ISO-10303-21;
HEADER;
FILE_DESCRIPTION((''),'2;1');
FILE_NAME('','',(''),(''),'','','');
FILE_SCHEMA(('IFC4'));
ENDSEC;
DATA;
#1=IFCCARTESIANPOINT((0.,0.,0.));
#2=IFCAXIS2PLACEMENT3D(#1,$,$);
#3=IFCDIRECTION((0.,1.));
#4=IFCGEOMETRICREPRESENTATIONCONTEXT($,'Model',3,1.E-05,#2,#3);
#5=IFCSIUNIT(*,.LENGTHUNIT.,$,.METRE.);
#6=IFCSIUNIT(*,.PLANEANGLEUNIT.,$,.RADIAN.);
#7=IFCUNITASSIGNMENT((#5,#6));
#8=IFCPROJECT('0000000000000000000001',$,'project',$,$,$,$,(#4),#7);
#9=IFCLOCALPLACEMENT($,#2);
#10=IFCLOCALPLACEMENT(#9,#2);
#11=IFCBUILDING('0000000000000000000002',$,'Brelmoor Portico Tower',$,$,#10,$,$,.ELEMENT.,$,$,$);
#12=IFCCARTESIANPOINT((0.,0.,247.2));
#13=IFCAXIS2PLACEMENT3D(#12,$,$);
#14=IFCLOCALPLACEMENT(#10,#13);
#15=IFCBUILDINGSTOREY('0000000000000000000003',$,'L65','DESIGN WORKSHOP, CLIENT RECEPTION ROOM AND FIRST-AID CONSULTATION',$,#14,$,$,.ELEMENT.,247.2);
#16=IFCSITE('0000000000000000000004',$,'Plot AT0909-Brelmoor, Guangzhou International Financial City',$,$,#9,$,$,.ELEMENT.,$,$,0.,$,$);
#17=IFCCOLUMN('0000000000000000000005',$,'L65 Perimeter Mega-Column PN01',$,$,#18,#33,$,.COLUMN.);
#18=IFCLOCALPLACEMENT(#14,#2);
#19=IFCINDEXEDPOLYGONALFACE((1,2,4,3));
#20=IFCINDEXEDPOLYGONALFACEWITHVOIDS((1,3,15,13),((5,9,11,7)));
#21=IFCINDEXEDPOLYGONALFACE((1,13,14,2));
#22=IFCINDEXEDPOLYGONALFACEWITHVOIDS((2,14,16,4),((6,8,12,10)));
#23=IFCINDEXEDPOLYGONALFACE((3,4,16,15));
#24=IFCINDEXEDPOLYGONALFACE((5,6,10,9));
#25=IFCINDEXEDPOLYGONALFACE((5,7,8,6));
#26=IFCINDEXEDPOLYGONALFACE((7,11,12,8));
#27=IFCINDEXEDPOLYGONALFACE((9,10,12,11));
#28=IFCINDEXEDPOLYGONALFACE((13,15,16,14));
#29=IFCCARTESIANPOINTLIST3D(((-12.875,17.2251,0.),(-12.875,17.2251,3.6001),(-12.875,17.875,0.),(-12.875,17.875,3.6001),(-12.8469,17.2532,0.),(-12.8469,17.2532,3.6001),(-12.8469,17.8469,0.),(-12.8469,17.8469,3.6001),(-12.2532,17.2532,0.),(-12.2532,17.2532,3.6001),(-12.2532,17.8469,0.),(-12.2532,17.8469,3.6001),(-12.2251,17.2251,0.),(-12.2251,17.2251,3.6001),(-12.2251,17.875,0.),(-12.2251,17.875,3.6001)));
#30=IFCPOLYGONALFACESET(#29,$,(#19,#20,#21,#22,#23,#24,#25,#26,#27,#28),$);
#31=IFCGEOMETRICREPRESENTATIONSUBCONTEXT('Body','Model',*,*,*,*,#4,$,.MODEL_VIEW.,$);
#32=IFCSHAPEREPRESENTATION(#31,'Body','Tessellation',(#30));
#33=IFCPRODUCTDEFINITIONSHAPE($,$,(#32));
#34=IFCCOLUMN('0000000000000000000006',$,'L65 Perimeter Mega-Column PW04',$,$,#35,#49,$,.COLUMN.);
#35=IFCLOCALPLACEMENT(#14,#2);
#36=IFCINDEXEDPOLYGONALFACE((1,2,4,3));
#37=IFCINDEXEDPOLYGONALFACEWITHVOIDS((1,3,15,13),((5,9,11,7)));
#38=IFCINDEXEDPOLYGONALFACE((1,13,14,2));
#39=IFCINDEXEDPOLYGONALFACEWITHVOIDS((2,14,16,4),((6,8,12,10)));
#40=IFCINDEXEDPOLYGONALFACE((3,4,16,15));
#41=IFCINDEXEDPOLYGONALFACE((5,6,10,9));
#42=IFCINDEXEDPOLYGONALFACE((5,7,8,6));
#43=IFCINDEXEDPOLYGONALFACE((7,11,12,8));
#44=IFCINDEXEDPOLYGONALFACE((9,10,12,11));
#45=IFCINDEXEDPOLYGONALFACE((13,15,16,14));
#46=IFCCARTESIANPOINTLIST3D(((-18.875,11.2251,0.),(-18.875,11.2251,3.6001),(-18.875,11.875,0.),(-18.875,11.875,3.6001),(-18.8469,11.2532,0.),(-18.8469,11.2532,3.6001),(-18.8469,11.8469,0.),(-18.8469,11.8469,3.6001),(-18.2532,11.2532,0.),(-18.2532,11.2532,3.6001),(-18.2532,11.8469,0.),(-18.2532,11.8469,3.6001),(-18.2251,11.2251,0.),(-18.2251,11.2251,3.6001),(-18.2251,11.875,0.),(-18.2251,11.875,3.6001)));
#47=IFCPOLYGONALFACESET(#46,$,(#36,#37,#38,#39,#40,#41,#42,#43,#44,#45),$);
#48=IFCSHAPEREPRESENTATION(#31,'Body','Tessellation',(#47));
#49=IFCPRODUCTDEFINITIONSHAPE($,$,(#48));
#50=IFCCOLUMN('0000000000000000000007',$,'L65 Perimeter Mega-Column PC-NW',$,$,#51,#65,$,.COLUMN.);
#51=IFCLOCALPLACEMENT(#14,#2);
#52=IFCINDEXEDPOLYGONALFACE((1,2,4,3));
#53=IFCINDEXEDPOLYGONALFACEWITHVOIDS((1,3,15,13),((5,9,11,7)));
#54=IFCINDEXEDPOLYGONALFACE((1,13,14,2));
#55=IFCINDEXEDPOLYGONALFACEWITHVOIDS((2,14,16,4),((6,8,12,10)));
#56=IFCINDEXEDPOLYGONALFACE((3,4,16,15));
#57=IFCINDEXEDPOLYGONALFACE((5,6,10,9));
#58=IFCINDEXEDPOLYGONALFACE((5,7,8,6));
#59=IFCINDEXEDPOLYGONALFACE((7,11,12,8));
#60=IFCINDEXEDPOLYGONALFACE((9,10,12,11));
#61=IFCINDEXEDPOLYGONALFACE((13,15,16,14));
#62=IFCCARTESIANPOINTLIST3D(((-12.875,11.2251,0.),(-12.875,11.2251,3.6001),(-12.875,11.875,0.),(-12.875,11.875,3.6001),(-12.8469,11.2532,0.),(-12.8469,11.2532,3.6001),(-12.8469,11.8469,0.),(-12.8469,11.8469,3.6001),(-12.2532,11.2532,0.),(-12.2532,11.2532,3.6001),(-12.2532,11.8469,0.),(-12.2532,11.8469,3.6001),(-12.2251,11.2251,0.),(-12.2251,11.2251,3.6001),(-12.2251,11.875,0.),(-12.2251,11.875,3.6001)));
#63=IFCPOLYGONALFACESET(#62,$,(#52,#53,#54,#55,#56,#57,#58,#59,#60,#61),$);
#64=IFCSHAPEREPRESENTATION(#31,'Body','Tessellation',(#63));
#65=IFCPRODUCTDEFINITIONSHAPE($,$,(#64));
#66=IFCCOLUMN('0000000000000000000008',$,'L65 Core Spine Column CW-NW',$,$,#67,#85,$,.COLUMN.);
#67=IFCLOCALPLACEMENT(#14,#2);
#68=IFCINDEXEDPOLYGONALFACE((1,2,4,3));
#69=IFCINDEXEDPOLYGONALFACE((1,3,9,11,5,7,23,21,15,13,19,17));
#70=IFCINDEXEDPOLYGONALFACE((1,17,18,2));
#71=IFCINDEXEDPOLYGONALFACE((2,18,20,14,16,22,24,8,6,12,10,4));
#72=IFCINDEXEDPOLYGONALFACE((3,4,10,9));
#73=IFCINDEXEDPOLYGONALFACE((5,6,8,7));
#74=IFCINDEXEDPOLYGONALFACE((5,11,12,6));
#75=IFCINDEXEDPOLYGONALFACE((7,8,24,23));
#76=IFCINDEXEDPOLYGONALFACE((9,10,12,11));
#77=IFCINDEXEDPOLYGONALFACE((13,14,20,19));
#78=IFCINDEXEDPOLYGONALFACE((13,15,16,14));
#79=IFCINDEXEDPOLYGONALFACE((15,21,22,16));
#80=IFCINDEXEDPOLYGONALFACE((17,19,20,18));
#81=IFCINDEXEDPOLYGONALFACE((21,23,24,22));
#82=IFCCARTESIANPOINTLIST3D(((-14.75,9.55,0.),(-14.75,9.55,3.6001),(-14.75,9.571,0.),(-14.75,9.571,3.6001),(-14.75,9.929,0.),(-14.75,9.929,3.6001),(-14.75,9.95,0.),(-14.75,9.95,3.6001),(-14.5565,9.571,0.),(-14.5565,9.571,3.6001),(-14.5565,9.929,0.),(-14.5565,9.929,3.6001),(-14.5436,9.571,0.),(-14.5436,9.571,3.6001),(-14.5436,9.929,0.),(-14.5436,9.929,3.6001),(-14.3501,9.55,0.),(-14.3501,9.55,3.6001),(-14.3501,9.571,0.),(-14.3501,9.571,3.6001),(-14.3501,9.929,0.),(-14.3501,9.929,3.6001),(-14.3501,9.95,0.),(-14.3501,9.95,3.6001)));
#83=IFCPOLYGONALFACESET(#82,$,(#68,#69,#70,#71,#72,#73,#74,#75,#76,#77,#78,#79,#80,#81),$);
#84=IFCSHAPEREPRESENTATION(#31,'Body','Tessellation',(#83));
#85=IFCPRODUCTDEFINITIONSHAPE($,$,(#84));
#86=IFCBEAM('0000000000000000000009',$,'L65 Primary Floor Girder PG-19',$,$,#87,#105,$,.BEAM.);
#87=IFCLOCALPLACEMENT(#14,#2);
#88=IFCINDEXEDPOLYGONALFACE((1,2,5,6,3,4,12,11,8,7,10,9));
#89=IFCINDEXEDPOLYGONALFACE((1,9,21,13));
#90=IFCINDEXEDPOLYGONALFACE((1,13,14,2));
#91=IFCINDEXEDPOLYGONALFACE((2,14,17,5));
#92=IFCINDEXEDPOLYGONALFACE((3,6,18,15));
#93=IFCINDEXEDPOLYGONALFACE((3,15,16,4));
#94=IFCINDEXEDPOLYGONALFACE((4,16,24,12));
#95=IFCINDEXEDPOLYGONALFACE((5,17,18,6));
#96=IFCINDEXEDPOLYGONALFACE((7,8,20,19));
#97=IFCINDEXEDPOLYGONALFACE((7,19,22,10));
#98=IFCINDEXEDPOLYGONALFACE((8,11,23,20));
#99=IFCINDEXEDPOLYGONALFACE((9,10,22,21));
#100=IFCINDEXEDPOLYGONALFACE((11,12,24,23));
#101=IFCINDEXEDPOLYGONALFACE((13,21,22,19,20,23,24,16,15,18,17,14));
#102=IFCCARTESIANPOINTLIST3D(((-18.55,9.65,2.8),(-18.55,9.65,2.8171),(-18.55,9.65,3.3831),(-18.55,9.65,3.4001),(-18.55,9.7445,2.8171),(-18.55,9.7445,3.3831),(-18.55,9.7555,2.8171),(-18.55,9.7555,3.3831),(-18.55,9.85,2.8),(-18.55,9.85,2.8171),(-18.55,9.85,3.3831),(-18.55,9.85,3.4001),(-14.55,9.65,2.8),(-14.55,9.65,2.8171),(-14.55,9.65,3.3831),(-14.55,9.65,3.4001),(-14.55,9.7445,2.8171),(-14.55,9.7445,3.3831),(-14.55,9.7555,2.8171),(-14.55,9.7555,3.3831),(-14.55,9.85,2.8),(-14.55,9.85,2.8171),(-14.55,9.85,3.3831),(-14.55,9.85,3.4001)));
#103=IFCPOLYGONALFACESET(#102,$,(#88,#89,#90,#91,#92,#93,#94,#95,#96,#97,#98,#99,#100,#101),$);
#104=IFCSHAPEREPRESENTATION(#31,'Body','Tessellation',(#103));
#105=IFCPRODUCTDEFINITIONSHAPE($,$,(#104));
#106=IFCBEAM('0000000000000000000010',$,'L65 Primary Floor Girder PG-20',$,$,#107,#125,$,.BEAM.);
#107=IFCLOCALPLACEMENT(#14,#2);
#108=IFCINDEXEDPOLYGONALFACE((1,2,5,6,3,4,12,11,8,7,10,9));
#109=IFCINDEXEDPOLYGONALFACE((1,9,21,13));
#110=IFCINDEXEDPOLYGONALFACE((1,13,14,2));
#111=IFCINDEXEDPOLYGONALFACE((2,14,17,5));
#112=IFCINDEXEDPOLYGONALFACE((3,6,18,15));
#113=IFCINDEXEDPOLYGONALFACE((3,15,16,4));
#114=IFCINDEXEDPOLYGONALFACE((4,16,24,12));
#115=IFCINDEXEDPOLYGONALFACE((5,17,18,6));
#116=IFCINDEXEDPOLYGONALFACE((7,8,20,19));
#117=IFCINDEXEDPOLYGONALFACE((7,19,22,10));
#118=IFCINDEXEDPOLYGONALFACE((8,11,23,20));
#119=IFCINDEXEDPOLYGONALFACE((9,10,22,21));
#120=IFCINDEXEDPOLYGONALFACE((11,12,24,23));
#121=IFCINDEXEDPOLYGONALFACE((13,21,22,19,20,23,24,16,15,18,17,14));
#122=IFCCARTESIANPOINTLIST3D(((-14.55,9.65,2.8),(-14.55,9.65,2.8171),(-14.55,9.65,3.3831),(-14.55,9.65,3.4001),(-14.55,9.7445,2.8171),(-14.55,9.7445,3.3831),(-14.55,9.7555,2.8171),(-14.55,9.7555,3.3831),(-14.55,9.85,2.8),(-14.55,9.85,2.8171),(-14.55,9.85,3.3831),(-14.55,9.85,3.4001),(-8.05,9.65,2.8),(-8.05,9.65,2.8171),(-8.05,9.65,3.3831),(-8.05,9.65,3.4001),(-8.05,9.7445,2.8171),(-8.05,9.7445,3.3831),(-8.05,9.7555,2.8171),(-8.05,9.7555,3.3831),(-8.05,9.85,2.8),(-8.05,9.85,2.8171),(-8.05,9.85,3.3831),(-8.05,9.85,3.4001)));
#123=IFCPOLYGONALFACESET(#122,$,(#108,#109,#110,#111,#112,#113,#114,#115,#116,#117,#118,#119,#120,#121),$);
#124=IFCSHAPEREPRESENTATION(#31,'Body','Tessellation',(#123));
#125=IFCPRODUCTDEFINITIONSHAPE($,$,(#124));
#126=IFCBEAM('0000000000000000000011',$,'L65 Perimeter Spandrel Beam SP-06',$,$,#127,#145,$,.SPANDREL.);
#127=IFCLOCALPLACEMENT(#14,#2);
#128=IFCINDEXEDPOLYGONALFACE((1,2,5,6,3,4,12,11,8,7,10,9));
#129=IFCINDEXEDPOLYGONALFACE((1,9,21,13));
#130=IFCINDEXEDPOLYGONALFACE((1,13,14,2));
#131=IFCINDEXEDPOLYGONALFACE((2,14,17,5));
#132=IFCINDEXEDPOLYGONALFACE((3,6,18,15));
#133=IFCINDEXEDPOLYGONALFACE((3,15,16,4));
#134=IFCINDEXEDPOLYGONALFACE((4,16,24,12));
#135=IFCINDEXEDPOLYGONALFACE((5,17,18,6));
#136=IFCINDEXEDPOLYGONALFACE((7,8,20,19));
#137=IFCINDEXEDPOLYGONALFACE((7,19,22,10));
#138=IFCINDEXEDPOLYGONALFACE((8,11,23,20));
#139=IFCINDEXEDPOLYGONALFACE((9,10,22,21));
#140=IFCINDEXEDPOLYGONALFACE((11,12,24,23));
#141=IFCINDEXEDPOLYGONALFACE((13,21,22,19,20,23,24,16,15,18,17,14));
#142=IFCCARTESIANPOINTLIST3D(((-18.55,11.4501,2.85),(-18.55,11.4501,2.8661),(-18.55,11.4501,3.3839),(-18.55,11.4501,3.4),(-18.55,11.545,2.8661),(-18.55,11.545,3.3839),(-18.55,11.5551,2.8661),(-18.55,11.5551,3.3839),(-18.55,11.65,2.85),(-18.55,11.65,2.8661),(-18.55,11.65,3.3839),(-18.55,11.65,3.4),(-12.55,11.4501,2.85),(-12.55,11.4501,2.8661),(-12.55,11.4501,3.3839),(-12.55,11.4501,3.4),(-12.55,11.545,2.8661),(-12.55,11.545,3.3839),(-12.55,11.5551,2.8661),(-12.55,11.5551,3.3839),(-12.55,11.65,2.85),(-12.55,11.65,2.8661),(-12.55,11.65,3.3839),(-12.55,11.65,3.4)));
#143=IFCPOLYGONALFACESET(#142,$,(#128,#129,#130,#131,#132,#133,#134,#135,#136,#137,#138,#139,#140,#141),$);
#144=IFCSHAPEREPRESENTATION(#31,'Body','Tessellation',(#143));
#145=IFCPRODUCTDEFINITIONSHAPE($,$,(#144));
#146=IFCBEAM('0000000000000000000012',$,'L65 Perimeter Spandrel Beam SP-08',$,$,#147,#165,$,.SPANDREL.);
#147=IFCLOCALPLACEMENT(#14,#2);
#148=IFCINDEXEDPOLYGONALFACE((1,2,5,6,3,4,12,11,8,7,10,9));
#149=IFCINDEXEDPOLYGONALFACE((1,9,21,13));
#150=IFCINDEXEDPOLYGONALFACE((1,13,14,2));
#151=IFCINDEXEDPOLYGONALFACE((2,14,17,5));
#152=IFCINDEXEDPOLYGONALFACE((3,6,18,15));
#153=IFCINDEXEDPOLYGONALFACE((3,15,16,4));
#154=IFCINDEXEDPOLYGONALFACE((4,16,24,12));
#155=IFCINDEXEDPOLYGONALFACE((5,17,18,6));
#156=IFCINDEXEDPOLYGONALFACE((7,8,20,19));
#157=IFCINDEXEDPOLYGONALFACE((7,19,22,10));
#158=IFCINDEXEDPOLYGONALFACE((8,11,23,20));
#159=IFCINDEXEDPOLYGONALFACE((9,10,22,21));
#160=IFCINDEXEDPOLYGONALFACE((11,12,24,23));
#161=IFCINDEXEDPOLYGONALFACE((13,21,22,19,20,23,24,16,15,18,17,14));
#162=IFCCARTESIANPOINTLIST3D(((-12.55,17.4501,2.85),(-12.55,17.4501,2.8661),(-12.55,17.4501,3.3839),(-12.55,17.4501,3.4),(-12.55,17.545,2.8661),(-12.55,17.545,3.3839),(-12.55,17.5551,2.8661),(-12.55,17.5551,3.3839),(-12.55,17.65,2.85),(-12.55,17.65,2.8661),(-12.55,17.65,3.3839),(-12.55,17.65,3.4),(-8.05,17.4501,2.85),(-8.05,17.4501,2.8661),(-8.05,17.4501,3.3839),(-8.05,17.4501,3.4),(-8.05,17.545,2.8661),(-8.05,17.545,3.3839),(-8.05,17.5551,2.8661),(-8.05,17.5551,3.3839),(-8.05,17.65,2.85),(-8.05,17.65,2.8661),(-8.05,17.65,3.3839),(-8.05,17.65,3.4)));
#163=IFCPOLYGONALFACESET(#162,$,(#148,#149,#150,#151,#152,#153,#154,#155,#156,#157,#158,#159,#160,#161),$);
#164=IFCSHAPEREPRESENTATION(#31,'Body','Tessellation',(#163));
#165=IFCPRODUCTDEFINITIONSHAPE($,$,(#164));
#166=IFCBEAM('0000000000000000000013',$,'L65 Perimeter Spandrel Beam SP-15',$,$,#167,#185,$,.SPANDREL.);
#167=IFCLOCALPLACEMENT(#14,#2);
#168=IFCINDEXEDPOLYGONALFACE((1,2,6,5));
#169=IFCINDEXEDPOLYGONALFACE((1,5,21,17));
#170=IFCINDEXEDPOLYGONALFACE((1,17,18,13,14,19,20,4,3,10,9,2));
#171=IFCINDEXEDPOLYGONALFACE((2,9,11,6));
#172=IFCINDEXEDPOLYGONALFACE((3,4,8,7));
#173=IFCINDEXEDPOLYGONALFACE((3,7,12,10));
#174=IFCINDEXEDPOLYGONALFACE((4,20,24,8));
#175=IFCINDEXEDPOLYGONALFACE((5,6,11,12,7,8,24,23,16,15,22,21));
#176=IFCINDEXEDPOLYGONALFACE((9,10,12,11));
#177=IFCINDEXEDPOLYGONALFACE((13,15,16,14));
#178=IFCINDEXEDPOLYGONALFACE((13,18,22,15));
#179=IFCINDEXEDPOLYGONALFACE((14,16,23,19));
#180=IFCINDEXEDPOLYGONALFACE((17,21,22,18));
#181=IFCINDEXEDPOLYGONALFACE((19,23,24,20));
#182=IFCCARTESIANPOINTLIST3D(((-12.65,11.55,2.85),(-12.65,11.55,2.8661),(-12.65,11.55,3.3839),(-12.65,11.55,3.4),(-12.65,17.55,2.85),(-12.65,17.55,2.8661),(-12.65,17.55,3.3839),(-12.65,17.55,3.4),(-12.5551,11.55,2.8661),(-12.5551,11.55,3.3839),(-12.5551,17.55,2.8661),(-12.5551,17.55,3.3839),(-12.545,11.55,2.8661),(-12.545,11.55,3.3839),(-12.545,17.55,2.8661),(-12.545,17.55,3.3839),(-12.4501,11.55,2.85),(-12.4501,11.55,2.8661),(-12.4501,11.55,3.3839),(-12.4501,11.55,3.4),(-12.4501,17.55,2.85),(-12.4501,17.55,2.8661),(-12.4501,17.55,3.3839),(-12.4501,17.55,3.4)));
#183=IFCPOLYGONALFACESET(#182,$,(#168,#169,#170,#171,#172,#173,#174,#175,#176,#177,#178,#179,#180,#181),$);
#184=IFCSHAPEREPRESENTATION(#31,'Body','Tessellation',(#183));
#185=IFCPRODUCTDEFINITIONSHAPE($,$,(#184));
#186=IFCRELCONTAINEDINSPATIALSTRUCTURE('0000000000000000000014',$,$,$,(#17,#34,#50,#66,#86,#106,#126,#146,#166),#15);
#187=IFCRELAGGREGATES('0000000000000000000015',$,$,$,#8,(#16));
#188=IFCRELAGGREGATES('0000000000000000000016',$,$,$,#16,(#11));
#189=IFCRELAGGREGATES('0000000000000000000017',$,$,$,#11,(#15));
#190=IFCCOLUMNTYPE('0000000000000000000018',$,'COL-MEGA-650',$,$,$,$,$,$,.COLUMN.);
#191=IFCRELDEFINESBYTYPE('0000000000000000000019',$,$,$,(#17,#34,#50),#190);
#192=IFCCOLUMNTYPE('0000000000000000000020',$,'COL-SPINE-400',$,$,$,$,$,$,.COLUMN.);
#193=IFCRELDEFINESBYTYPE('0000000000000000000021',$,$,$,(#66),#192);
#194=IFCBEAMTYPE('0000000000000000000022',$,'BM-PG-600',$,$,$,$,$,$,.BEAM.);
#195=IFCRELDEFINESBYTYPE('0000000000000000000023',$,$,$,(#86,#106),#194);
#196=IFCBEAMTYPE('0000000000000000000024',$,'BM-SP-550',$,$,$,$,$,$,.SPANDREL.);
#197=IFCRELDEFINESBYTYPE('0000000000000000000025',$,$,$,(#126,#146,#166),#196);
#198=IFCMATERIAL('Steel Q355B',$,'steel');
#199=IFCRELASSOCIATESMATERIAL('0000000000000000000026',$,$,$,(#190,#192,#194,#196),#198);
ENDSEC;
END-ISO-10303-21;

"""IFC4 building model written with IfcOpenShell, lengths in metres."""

from ifc_helpers import new_model, si_unit, direction, frame, origin, origin_2d, place, context, subcontext, project, spatial, hollow_rectangle, i_section, extrude, material, material_profile, profile_set, type_object, element, save


model = new_model("IFC4")

# Units and contexts
model_context = context("Model", 3, precision=1e-05, world=origin(), true_north=direction((0.0, 1.0)))
body_context = subcontext(model_context, "Body", "Model", "MODEL_VIEW")
ifc_project = project(units=[si_unit("LENGTHUNIT", "METRE"), si_unit("PLANEANGLEUNIT", "RADIAN")], contexts=[model_context])

# Site, building, storey
site_placement = place(None, origin())
site = spatial("IfcSite", under=ifc_project, at=site_placement, Name="Plot AT0909-Brelmoor, Guangzhou International Financial City", CompositionType="ELEMENT", RefElevation=0.0)
building_placement = place(site_placement, origin())
building = spatial("IfcBuilding", under=site, at=building_placement, Name="Brelmoor Portico Tower", CompositionType="ELEMENT")
storey_placement = place(building_placement, frame((0.0, 0.0, 247.2)))
storey = spatial("IfcBuildingStorey", under=building, at=storey_placement, Name="L65", Description="DESIGN WORKSHOP, CLIENT RECEPTION ROOM AND FIRST-AID CONSULTATION", CompositionType="ELEMENT", Elevation=247.2)

# Columns
ifc_material_1 = material(Name="Steel Q355B", Category="steel")
ifc_material_profile_1 = material_profile(ifc_material_1, hollow_rectangle(XDim=0.6499, YDim=0.6499, WallThickness=0.0281, at=origin_2d()), Name="BOX 650x650x28")
ifc_profile_set_1 = profile_set([ifc_material_profile_1], Name="Steel Q355B")
column_type_1 = type_object("IfcColumnType", Name="COL-MEGA-650", PredefinedType="COLUMN", material=ifc_profile_set_1)
for number, where, z_axis, x_axis, name in (
    (1, (-12.55, 17.55, 0.0), (0.0, 0.0, 1.0), (1.0, 0.0, 0.0), "L65 Perimeter Mega-Column PN01"),
    (2, (-18.55, 11.55, 0.0), (0.0, 0.0, 1.0), (0.0, 1.0, 0.0), "L65 Perimeter Mega-Column PW04"),
    (3, (-12.55, 11.55, 0.0), (0.0, 0.0, 1.0), (1.0, 0.0, 0.0), "L65 Perimeter Mega-Column PC-NW"),
):
    element("IfcColumn", number, at=place(storey_placement, frame(where, z_axis=z_axis, x_axis=x_axis)), inside=storey, type_object=column_type_1, Name=name, PredefinedType="COLUMN", context=body_context, shape_type="SweptSolid", body=[
        extrude(hollow_rectangle(XDim=0.6499, YDim=0.6499, WallThickness=0.0281, at=origin_2d()), origin(), (0.0, 0.0, 1.0), 3.6001),
    ])
ifc_material_profile_2 = material_profile(ifc_material_1, i_section(OverallWidth=0.3999, OverallDepth=0.3999, WebThickness=0.0129, FlangeThickness=0.021, at=origin_2d()), Name="HW 400x400x13x21")
ifc_profile_set_2 = profile_set([ifc_material_profile_2], Name="Steel Q355B")
column_type_2 = type_object("IfcColumnType", Name="COL-SPINE-400", PredefinedType="COLUMN", material=ifc_profile_set_2)
column_placement = place(storey_placement, frame((-14.55, 9.75, 0.0), z_axis=(0.0, 0.0, 1.0), x_axis=(1.0, 0.0, 0.0)))
element("IfcColumn", 4, at=column_placement, inside=storey, type_object=column_type_2, Name="L65 Core Spine Column CW-NW", PredefinedType="COLUMN", context=body_context, shape_type="SweptSolid", body=[
    extrude(i_section(OverallWidth=0.3999, OverallDepth=0.3999, WebThickness=0.0129, FlangeThickness=0.021, at=origin_2d()), origin(), (0.0, 0.0, 1.0), 3.6001),
])

# Beams
ifc_material_profile_3 = material_profile(ifc_material_1, i_section(OverallWidth=0.2, OverallDepth=0.6001, WebThickness=0.011, FlangeThickness=0.0171, at=origin_2d()), Name="HN 600x200x11x17")
ifc_profile_set_3 = profile_set([ifc_material_profile_3], Name="Steel Q355B")
beam_type_1 = type_object("IfcBeamType", Name="BM-PG-600", PredefinedType="BEAM", material=ifc_profile_set_3)
beam_1_placement = place(storey_placement, frame((-18.55, 9.75, 3.1001), z_axis=(1.0, 0.0, 0.0), x_axis=(0.0, 1.0, 0.0)))
element("IfcBeam", 5, at=beam_1_placement, inside=storey, type_object=beam_type_1, Name="L65 Primary Floor Girder PG-19", PredefinedType="BEAM", context=body_context, shape_type="SweptSolid", body=[
    extrude(i_section(OverallWidth=0.2, OverallDepth=0.6001, WebThickness=0.011, FlangeThickness=0.0171, at=origin_2d()), origin(), (0.0, 0.0, 1.0), 4.0),
])
beam_2_placement = place(storey_placement, frame((-14.55, 9.75, 3.1001), z_axis=(1.0, 0.0, 0.0), x_axis=(0.0, 1.0, 0.0)))
element("IfcBeam", 6, at=beam_2_placement, inside=storey, type_object=beam_type_1, Name="L65 Primary Floor Girder PG-20", PredefinedType="BEAM", context=body_context, shape_type="SweptSolid", body=[
    extrude(i_section(OverallWidth=0.2, OverallDepth=0.6001, WebThickness=0.011, FlangeThickness=0.0171, at=origin_2d()), origin(), (0.0, 0.0, 1.0), 6.5),
])
ifc_material_profile_4 = material_profile(ifc_material_1, i_section(OverallWidth=0.2, OverallDepth=0.55, WebThickness=0.01, FlangeThickness=0.0161, at=origin_2d()), Name="HN 550x200x10x16")
ifc_profile_set_4 = profile_set([ifc_material_profile_4], Name="Steel Q355B")
beam_type_2 = type_object("IfcBeamType", Name="BM-SP-550", PredefinedType="SPANDREL", material=ifc_profile_set_4)
beam_3_placement = place(storey_placement, frame((-18.55, 11.55, 3.125), z_axis=(1.0, 0.0, 0.0), x_axis=(0.0, 1.0, 0.0)))
element("IfcBeam", 7, at=beam_3_placement, inside=storey, type_object=beam_type_2, Name="L65 Perimeter Spandrel Beam SP-06", PredefinedType="SPANDREL", context=body_context, shape_type="SweptSolid", body=[
    extrude(i_section(OverallWidth=0.2, OverallDepth=0.55, WebThickness=0.01, FlangeThickness=0.0161, at=origin_2d()), origin(), (0.0, 0.0, 1.0), 6.0),
])
beam_4_placement = place(storey_placement, frame((-12.55, 17.55, 3.125), z_axis=(1.0, 0.0, 0.0), x_axis=(0.0, 1.0, 0.0)))
element("IfcBeam", 8, at=beam_4_placement, inside=storey, type_object=beam_type_2, Name="L65 Perimeter Spandrel Beam SP-08", PredefinedType="SPANDREL", context=body_context, shape_type="SweptSolid", body=[
    extrude(i_section(OverallWidth=0.2, OverallDepth=0.55, WebThickness=0.01, FlangeThickness=0.0161, at=origin_2d()), origin(), (0.0, 0.0, 1.0), 4.5),
])
beam_5_placement = place(storey_placement, frame((-12.55, 11.55, 3.125), z_axis=(0.0, 1.0, 0.0), x_axis=(-1.0, 0.0, 0.0)))
element("IfcBeam", 9, at=beam_5_placement, inside=storey, type_object=beam_type_2, Name="L65 Perimeter Spandrel Beam SP-15", PredefinedType="SPANDREL", context=body_context, shape_type="SweptSolid", body=[
    extrude(i_section(OverallWidth=0.2, OverallDepth=0.55, WebThickness=0.01, FlangeThickness=0.0161, at=origin_2d()), origin(), (0.0, 0.0, 1.0), 6.0),
])

save(model, "model.ifc")
